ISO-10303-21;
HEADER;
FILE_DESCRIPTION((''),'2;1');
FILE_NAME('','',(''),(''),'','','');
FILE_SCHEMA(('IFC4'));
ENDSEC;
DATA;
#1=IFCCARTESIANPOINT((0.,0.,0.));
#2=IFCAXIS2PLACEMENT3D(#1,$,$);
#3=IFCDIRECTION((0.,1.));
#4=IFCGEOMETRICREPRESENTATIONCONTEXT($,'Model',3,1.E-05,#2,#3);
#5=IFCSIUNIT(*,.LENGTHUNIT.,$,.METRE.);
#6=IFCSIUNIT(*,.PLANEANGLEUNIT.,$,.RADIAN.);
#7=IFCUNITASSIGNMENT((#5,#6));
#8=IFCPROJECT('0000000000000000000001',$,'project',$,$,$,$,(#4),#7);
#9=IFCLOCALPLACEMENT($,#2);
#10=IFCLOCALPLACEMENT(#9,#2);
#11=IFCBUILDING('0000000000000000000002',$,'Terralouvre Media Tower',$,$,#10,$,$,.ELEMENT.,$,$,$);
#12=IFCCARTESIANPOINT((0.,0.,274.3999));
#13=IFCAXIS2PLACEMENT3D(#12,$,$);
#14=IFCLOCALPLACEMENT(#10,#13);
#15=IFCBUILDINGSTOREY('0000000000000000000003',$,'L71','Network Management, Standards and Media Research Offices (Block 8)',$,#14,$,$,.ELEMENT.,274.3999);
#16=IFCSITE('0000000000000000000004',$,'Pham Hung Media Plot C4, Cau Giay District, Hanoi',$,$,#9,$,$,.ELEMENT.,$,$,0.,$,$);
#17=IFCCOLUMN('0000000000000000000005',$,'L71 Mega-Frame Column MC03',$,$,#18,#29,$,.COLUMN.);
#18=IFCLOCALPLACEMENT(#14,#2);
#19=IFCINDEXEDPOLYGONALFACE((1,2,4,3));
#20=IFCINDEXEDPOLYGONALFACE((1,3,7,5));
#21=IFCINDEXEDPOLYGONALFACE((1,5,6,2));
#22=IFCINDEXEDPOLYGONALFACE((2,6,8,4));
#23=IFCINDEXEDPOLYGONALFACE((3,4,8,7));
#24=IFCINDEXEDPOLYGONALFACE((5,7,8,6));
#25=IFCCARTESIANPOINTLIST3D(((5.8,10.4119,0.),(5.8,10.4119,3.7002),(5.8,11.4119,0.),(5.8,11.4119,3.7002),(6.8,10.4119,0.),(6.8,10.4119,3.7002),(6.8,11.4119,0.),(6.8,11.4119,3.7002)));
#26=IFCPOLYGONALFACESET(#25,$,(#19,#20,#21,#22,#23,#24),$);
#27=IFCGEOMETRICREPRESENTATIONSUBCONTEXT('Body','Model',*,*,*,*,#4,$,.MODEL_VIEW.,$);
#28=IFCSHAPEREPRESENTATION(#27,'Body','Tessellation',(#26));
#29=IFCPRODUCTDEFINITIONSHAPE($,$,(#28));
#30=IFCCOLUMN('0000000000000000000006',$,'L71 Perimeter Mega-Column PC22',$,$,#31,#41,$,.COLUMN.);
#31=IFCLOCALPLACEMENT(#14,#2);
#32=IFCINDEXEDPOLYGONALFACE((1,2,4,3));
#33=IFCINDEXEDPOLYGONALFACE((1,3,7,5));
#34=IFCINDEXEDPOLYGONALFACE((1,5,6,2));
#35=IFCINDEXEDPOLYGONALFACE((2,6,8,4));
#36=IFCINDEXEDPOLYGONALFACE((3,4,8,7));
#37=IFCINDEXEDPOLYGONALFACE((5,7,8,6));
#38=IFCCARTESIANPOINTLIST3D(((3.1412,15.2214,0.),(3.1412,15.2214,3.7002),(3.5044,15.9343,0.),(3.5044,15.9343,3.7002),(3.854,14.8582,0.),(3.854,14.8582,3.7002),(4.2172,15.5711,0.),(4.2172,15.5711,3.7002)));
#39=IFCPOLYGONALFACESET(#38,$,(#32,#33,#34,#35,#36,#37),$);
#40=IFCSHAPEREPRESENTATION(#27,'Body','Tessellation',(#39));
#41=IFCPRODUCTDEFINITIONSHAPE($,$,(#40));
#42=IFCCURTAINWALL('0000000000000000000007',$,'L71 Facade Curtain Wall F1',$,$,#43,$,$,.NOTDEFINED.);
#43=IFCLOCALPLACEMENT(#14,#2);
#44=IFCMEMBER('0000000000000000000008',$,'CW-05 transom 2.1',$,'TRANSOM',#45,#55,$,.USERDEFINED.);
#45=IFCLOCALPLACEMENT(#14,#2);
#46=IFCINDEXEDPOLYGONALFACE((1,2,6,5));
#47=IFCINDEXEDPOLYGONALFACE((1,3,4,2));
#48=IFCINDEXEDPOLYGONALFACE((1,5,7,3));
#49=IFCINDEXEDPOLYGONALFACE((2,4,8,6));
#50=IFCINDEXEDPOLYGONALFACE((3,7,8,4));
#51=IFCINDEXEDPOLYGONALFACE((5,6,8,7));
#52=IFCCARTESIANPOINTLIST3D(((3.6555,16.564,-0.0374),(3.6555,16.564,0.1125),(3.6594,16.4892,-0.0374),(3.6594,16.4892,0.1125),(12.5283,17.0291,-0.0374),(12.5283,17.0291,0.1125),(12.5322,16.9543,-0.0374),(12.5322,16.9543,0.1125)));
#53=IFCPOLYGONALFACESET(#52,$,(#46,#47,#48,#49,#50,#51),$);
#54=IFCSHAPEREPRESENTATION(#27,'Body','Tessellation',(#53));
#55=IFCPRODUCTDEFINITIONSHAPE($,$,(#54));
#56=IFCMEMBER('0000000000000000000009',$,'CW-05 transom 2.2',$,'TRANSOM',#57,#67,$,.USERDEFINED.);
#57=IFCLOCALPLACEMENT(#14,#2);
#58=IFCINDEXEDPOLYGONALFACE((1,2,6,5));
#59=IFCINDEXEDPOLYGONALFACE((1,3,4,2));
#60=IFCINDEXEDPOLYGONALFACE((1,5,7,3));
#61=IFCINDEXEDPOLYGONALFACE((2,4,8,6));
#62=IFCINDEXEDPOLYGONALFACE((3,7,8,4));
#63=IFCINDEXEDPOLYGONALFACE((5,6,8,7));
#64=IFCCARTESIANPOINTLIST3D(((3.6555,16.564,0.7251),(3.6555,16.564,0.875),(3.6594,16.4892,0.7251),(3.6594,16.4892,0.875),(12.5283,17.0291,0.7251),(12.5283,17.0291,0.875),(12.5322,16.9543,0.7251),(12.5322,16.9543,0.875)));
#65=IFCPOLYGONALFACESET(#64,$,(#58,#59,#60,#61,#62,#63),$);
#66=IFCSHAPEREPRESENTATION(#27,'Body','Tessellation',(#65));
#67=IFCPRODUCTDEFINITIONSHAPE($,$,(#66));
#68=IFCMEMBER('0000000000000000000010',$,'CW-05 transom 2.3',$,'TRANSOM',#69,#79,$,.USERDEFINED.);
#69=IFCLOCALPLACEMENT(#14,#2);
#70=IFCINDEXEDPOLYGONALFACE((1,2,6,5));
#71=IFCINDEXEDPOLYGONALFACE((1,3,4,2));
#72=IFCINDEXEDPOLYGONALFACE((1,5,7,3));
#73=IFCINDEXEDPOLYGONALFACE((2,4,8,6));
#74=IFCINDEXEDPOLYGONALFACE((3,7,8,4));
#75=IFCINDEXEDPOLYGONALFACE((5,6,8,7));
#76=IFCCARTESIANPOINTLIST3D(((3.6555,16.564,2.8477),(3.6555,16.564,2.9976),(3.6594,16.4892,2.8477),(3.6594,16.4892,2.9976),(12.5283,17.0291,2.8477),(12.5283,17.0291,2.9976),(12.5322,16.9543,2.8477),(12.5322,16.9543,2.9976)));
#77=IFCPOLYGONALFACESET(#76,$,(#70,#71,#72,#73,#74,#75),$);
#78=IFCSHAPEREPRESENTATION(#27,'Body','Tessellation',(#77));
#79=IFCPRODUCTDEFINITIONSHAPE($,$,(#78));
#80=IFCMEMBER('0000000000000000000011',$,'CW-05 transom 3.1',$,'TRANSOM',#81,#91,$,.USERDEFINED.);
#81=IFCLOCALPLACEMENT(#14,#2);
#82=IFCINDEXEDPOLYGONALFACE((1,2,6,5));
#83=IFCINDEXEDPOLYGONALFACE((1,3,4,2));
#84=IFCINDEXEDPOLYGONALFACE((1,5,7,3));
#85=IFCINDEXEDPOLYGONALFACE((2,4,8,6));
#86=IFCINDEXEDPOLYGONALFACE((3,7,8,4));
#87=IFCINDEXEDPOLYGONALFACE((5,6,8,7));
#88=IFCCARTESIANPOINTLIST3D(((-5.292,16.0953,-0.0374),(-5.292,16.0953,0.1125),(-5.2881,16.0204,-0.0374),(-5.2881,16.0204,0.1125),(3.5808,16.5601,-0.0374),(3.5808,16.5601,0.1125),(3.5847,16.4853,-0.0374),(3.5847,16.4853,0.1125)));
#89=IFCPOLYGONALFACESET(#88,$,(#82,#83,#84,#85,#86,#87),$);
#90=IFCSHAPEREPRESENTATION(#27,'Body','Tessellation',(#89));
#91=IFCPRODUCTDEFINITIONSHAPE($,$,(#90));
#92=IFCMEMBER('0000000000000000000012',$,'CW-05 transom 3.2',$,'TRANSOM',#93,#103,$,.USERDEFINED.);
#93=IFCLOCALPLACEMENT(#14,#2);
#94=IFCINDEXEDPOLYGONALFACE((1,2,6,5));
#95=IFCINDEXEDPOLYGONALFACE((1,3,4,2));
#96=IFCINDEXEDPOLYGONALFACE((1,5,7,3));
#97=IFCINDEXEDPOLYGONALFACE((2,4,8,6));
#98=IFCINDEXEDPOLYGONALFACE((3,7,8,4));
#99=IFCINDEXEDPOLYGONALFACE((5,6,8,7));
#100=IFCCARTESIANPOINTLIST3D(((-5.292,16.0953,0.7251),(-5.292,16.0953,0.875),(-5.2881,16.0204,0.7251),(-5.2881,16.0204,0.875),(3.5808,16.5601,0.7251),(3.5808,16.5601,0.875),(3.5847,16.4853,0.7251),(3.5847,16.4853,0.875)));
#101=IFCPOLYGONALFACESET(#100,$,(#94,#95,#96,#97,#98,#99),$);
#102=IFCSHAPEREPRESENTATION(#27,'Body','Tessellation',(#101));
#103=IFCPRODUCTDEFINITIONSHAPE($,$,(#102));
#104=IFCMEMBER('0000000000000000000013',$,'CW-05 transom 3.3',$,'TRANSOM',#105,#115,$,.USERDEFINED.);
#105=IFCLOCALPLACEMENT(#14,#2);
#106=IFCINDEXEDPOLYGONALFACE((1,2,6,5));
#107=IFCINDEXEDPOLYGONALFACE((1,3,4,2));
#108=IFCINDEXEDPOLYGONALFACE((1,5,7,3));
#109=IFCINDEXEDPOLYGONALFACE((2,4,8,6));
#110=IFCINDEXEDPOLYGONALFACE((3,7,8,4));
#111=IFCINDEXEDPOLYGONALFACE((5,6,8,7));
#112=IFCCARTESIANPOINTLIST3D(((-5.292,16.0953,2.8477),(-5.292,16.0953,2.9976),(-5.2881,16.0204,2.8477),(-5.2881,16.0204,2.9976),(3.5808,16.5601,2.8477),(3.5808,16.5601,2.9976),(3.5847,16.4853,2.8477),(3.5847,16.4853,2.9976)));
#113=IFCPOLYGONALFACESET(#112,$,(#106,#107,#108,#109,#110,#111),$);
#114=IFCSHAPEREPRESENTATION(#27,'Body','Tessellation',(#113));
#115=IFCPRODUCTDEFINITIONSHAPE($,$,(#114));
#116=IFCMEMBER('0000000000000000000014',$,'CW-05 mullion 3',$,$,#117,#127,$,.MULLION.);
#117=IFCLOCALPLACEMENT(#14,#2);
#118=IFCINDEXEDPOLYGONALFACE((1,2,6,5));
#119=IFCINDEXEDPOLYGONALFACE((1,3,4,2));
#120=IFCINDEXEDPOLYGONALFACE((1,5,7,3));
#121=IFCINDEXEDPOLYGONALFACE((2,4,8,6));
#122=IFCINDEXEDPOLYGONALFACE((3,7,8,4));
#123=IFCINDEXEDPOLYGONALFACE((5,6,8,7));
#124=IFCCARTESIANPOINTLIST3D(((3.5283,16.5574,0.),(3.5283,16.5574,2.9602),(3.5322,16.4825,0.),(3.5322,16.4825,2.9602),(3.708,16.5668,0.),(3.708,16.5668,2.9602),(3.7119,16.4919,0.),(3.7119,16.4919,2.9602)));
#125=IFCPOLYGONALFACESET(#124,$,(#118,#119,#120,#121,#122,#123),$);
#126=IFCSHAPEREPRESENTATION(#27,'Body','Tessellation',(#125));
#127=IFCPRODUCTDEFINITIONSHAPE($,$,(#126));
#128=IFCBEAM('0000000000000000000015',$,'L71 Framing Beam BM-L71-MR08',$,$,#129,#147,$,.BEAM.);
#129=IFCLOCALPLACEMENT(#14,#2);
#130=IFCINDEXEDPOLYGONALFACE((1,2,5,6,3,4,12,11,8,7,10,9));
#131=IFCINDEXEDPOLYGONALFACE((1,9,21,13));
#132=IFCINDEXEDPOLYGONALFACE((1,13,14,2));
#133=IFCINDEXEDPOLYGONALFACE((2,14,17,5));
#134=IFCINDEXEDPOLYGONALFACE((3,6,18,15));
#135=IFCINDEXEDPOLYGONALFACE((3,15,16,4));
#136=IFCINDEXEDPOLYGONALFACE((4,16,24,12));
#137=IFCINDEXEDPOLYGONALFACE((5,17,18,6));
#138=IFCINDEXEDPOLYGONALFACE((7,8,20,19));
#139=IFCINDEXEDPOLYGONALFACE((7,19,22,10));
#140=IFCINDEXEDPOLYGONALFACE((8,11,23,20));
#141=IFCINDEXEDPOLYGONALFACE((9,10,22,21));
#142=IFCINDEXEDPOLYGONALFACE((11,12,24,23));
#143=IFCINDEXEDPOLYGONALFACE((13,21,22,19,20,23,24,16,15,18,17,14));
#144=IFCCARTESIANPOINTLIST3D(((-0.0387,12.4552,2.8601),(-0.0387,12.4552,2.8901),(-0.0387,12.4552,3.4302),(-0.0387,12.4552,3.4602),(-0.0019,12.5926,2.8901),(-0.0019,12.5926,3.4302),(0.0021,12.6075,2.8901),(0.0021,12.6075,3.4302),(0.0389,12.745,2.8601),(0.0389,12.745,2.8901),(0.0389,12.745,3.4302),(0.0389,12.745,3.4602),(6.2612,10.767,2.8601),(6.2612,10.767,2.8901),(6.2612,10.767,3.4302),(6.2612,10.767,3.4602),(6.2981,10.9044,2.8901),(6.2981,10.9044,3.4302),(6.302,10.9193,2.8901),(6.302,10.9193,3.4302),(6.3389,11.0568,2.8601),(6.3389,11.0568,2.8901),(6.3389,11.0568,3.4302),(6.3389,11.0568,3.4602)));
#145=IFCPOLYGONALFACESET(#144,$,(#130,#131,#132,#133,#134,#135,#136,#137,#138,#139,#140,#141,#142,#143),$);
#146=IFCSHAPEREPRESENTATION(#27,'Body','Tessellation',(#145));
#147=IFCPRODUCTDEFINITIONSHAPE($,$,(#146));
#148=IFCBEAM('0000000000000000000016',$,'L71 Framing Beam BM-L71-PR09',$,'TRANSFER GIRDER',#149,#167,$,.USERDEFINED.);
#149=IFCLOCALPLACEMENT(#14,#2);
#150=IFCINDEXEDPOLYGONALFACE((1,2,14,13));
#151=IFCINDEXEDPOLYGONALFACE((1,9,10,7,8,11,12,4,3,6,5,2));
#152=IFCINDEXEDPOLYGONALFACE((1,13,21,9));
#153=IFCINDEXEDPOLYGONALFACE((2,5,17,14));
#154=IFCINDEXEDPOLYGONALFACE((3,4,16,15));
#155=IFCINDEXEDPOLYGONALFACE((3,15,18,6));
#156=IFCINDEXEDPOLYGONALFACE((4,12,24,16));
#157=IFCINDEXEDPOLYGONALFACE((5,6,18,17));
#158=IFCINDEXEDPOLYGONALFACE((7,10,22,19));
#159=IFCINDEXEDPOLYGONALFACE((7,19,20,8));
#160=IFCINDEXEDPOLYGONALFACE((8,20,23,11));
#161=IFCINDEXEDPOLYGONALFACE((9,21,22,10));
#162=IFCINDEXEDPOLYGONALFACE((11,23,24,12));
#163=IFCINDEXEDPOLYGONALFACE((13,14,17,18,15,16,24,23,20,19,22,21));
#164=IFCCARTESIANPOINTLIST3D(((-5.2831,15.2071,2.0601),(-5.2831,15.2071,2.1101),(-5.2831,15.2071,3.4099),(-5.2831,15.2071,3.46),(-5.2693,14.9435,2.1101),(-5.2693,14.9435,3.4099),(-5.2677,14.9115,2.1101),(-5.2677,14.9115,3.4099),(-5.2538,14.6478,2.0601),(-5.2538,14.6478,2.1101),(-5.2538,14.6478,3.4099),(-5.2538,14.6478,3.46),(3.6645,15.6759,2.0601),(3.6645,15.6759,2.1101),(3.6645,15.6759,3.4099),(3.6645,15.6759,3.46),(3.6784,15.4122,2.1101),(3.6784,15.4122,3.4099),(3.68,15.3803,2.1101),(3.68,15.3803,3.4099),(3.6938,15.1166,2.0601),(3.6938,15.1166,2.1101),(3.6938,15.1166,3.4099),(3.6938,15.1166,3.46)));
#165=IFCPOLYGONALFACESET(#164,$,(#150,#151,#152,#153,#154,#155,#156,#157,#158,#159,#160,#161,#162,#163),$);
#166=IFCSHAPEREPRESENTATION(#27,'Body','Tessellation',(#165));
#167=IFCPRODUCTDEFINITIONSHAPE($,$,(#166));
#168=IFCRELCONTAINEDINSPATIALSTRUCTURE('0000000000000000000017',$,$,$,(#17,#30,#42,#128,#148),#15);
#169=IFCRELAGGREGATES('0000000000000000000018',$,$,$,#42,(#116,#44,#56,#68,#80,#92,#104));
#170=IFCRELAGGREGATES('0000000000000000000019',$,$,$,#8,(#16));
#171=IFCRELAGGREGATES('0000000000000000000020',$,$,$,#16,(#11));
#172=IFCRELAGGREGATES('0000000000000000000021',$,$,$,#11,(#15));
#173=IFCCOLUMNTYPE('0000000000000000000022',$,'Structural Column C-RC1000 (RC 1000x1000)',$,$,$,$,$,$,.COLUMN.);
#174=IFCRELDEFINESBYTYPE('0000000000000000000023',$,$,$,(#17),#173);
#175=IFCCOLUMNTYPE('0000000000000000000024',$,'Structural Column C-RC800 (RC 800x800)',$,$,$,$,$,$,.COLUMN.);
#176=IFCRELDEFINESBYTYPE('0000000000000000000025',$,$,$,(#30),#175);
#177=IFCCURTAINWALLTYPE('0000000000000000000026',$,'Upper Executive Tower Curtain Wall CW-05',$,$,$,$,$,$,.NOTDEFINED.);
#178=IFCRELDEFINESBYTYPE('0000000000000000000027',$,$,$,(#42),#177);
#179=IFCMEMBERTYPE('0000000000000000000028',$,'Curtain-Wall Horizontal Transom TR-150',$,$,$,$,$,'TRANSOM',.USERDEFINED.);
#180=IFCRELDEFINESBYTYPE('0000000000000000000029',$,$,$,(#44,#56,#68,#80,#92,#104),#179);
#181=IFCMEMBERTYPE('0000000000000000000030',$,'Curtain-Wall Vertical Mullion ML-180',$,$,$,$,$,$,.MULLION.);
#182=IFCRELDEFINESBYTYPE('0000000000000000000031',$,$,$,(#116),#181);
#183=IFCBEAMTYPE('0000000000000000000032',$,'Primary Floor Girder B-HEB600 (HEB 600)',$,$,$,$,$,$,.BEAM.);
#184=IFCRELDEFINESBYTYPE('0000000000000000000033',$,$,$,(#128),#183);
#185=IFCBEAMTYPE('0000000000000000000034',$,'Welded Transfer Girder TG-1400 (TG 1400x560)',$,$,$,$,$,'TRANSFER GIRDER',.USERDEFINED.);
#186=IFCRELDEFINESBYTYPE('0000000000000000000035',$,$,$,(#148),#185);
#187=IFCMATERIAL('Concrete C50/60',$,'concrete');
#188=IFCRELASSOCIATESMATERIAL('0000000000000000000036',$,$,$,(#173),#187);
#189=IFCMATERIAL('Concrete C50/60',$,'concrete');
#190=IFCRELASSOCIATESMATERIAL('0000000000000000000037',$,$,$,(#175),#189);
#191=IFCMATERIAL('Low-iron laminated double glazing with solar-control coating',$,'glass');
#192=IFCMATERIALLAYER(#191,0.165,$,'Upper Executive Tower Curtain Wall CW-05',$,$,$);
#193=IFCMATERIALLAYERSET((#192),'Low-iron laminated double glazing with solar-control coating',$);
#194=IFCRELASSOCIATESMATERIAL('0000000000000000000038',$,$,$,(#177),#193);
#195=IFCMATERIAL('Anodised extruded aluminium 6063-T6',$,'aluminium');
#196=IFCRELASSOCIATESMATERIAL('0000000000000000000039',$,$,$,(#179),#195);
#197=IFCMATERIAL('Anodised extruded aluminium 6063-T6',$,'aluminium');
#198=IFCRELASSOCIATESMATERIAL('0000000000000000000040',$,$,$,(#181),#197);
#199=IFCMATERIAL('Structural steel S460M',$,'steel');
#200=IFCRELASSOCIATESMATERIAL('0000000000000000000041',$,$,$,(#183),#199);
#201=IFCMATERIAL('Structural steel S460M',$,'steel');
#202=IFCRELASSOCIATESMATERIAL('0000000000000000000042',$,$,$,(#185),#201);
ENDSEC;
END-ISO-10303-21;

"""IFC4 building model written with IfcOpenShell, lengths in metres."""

from ifc_helpers import new_model, si_unit, direction, frame, origin, origin_2d, place, context, subcontext, project, spatial, rectangle, i_section, extrude, material, layer, layer_set, material_profile, profile_set, type_object, element, aggregate, save


model = new_model("IFC4")

# Units and contexts
model_context = context("Model", 3, precision=1e-05, world=origin(), true_north=direction((0.0, 1.0)))
body_context = subcontext(model_context, "Body", "Model", "MODEL_VIEW")
ifc_project = project(units=[si_unit("LENGTHUNIT", "METRE"), si_unit("PLANEANGLEUNIT", "RADIAN")], contexts=[model_context])

# Site, building, storey
site_placement = place(None, origin())
site = spatial("IfcSite", under=ifc_project, at=site_placement, Name="Pham Hung Media Plot C4, Cau Giay District, Hanoi", CompositionType="ELEMENT", RefElevation=0.0)
building_placement = place(site_placement, origin())
building = spatial("IfcBuilding", under=site, at=building_placement, Name="Terralouvre Media Tower", CompositionType="ELEMENT")
storey_placement = place(building_placement, frame((0.0, 0.0, 274.3999)))
storey = spatial("IfcBuildingStorey", under=building, at=storey_placement, Name="L71", Description="Network Management, Standards and Media Research Offices (Block 8)", CompositionType="ELEMENT", Elevation=274.3999)

# Columns
ifc_material_1 = material(Name="Concrete C50/60", Category="concrete")
ifc_material_profile_1 = material_profile(ifc_material_1, rectangle(XDim=1.0, YDim=1.0, at=origin_2d()), Name="RC 1000x1000")
ifc_profile_set_1 = profile_set([ifc_material_profile_1], Name="Concrete C50/60")
column_type_1 = type_object("IfcColumnType", Name="Structural Column C-RC1000 (RC 1000x1000)", PredefinedType="COLUMN", material=ifc_profile_set_1)
column_1_placement = place(storey_placement, frame((6.3, 10.9119, 0.0), z_axis=(0.0, 0.0, 1.0), x_axis=(1.0, 0.0, 0.0)))
element("IfcColumn", 1, at=column_1_placement, inside=storey, type_object=column_type_1, Name="L71 Mega-Frame Column MC03", PredefinedType="COLUMN", context=body_context, shape_type="SweptSolid", body=[
    extrude(rectangle(XDim=1.0, YDim=1.0, at=origin_2d()), origin(), (0.0, 0.0, 1.0), 3.7002),
])
ifc_material_2 = material(Name="Concrete C50/60", Category="concrete")
ifc_material_profile_2 = material_profile(ifc_material_2, rectangle(XDim=0.8, YDim=0.8, at=origin_2d()), Name="RC 800x800")
ifc_profile_set_2 = profile_set([ifc_material_profile_2], Name="Concrete C50/60")
column_type_2 = type_object("IfcColumnType", Name="Structural Column C-RC800 (RC 800x800)", PredefinedType="COLUMN", material=ifc_profile_set_2)
column_2_placement = place(storey_placement, frame((3.6792, 15.3962, 0.0), z_axis=(0.0, 0.0, 1.0), x_axis=(0.45399, 0.891007, 0.0)))
element("IfcColumn", 2, at=column_2_placement, inside=storey, type_object=column_type_2, Name="L71 Perimeter Mega-Column PC22", PredefinedType="COLUMN", context=body_context, shape_type="SweptSolid", body=[
    extrude(rectangle(XDim=0.8, YDim=0.8, at=origin_2d()), origin(), (0.0, 0.0, 1.0), 3.7002),
])

# Curtain wall, members
ifc_material_3 = material(Name="Low-iron laminated double glazing with solar-control coating", Category="glass")
ifc_layer_1 = layer(ifc_material_3, 0.165, Name="Upper Executive Tower Curtain Wall CW-05")
ifc_layer_set_1 = layer_set([ifc_layer_1], Name="Low-iron laminated double glazing with solar-control coating")
curtain_wall_type = type_object("IfcCurtainWallType", Name="Upper Executive Tower Curtain Wall CW-05", PredefinedType="NOTDEFINED", material=ifc_layer_set_1)
curtain_wall_placement = place(storey_placement, origin())
curtain_wall = element("IfcCurtainWall", 3, at=curtain_wall_placement, inside=storey, type_object=curtain_wall_type, Name="L71 Facade Curtain Wall F1", PredefinedType="NOTDEFINED")
ifc_material_4 = material(Name="Anodised extruded aluminium 6063-T6", Category="aluminium")
ifc_material_profile_3 = material_profile(ifc_material_4, rectangle(XDim=0.075, YDim=0.1499, at=origin_2d()), Name="ALU 75x150")
ifc_profile_set_3 = profile_set([ifc_material_profile_3], Name="Anodised extruded aluminium 6063-T6")
member_type_1 = type_object("IfcMemberType", Name="Curtain-Wall Horizontal Transom TR-150", ElementType="TRANSOM", PredefinedType="USERDEFINED", material=ifc_profile_set_3)
member_1_placement = place(storey_placement, frame((12.5303, 16.9917, 0.0376), z_axis=(-0.998629, -0.052345, 0.0), x_axis=(0.052345, -0.998629, 0.0)))
member_1 = element("IfcMember", 4, at=member_1_placement, type_object=member_type_1, Name="CW-05 transom 2.1", ObjectType="TRANSOM", PredefinedType="USERDEFINED", context=body_context, shape_type="SweptSolid", body=[
    extrude(rectangle(XDim=0.075, YDim=0.1499, at=origin_2d()), origin(), (0.0, 0.0, 1.0), 8.885),
])
member_2_placement = place(storey_placement, frame((12.5303, 16.9917, 0.8), z_axis=(-0.998629, -0.052345, 0.0), x_axis=(0.052345, -0.998629, 0.0)))
member_2 = element("IfcMember", 5, at=member_2_placement, type_object=member_type_1, Name="CW-05 transom 2.2", ObjectType="TRANSOM", PredefinedType="USERDEFINED", context=body_context, shape_type="SweptSolid", body=[
    extrude(rectangle(XDim=0.075, YDim=0.1499, at=origin_2d()), origin(), (0.0, 0.0, 1.0), 8.885),
])
member_3_placement = place(storey_placement, frame((12.5303, 16.9917, 2.9226), z_axis=(-0.998629, -0.052345, 0.0), x_axis=(0.052345, -0.998629, 0.0)))
member_3 = element("IfcMember", 6, at=member_3_placement, type_object=member_type_1, Name="CW-05 transom 2.3", ObjectType="TRANSOM", PredefinedType="USERDEFINED", context=body_context, shape_type="SweptSolid", body=[
    extrude(rectangle(XDim=0.075, YDim=0.1499, at=origin_2d()), origin(), (0.0, 0.0, 1.0), 8.885),
])
member_4_placement = place(storey_placement, frame((3.5828, 16.5227, 0.0376), z_axis=(-0.99863, -0.052318, 0.0), x_axis=(0.052318, -0.99863, 0.0)))
member_4 = element("IfcMember", 7, at=member_4_placement, type_object=member_type_1, Name="CW-05 transom 3.1", ObjectType="TRANSOM", PredefinedType="USERDEFINED", context=body_context, shape_type="SweptSolid", body=[
    extrude(rectangle(XDim=0.075, YDim=0.1499, at=origin_2d()), origin(), (0.0, 0.0, 1.0), 8.885),
])
member_5_placement = place(storey_placement, frame((3.5828, 16.5227, 0.8), z_axis=(-0.99863, -0.052318, 0.0), x_axis=(0.052318, -0.99863, 0.0)))
member_5 = element("IfcMember", 8, at=member_5_placement, type_object=member_type_1, Name="CW-05 transom 3.2", ObjectType="TRANSOM", PredefinedType="USERDEFINED", context=body_context, shape_type="SweptSolid", body=[
    extrude(rectangle(XDim=0.075, YDim=0.1499, at=origin_2d()), origin(), (0.0, 0.0, 1.0), 8.885),
])
member_6_placement = place(storey_placement, frame((3.5828, 16.5227, 2.9226), z_axis=(-0.99863, -0.052318, 0.0), x_axis=(0.052318, -0.99863, 0.0)))
member_6 = element("IfcMember", 9, at=member_6_placement, type_object=member_type_1, Name="CW-05 transom 3.3", ObjectType="TRANSOM", PredefinedType="USERDEFINED", context=body_context, shape_type="SweptSolid", body=[
    extrude(rectangle(XDim=0.075, YDim=0.1499, at=origin_2d()), origin(), (0.0, 0.0, 1.0), 8.885),
])
ifc_material_5 = material(Name="Anodised extruded aluminium 6063-T6", Category="aluminium")
ifc_material_profile_4 = material_profile(ifc_material_5, rectangle(XDim=0.075, YDim=0.1799, at=origin_2d()), Name="ALU 75x180")
ifc_profile_set_4 = profile_set([ifc_material_profile_4], Name="Anodised extruded aluminium 6063-T6")
member_type_2 = type_object("IfcMemberType", Name="Curtain-Wall Vertical Mullion ML-180", PredefinedType="MULLION", material=ifc_profile_set_4)
member_7_placement = place(storey_placement, frame((3.6201, 16.5247, 0.0), z_axis=(0.0, 0.0, 1.0), x_axis=(0.052336, -0.99863, 0.0)))
member_7 = element("IfcMember", 10, at=member_7_placement, type_object=member_type_2, Name="CW-05 mullion 3", PredefinedType="MULLION", context=body_context, shape_type="SweptSolid", body=[
    extrude(rectangle(XDim=0.075, YDim=0.1799, at=origin_2d()), origin(), (0.0, 0.0, 1.0), 2.9602),
])

# Beams
ifc_material_6 = material(Name="Structural steel S460M", Category="steel")
ifc_material_profile_5 = material_profile(ifc_material_6, i_section(OverallWidth=0.3, OverallDepth=0.6001, WebThickness=0.0154, FlangeThickness=0.03, at=origin_2d()), Name="HEB 600")
ifc_profile_set_5 = profile_set([ifc_material_profile_5], Name="Structural steel S460M")
beam_type_1 = type_object("IfcBeamType", Name="Primary Floor Girder B-HEB600 (HEB 600)", PredefinedType="BEAM", material=ifc_profile_set_5)
beam_1_placement = place(storey_placement, frame((6.3, 10.9119, 3.1602), z_axis=(-0.96592, 0.258839, 0.0), x_axis=(-0.258839, -0.96592, 0.0)))
element("IfcBeam", 11, at=beam_1_placement, inside=storey, type_object=beam_type_1, Name="L71 Framing Beam BM-L71-MR08", PredefinedType="BEAM", context=body_context, shape_type="SweptSolid", body=[
    extrude(i_section(OverallWidth=0.3, OverallDepth=0.6001, WebThickness=0.0154, FlangeThickness=0.03, at=origin_2d()), origin(), (0.0, 0.0, 1.0), 6.5222),
])
ifc_material_7 = material(Name="Structural steel S460M", Category="steel")
ifc_material_profile_6 = material_profile(ifc_material_7, i_section(OverallWidth=0.5601, OverallDepth=1.3999, WebThickness=0.032, FlangeThickness=0.05, at=origin_2d()), Name="TG 1400x560")
ifc_profile_set_6 = profile_set([ifc_material_profile_6], Name="Structural steel S460M")
beam_type_2 = type_object("IfcBeamType", Name="Welded Transfer Girder TG-1400 (TG 1400x560)", ElementType="TRANSFER GIRDER", PredefinedType="USERDEFINED", material=ifc_profile_set_6)
beam_2_placement = place(storey_placement, frame((3.6792, 15.3962, 2.76), z_axis=(-0.998631, -0.052316, 0.0), x_axis=(0.052316, -0.998631, 0.0)))
element("IfcBeam", 12, at=beam_2_placement, inside=storey, type_object=beam_type_2, Name="L71 Framing Beam BM-L71-PR09", ObjectType="TRANSFER GIRDER", PredefinedType="USERDEFINED", context=body_context, shape_type="SweptSolid", body=[
    extrude(i_section(OverallWidth=0.5601, OverallDepth=1.3999, WebThickness=0.032, FlangeThickness=0.05, at=origin_2d()), origin(), (0.0, 0.0, 1.0), 8.96),
])

aggregate(curtain_wall, [member_7, member_1, member_2, member_3, member_4, member_5, member_6])

save(model, "model.ifc")
